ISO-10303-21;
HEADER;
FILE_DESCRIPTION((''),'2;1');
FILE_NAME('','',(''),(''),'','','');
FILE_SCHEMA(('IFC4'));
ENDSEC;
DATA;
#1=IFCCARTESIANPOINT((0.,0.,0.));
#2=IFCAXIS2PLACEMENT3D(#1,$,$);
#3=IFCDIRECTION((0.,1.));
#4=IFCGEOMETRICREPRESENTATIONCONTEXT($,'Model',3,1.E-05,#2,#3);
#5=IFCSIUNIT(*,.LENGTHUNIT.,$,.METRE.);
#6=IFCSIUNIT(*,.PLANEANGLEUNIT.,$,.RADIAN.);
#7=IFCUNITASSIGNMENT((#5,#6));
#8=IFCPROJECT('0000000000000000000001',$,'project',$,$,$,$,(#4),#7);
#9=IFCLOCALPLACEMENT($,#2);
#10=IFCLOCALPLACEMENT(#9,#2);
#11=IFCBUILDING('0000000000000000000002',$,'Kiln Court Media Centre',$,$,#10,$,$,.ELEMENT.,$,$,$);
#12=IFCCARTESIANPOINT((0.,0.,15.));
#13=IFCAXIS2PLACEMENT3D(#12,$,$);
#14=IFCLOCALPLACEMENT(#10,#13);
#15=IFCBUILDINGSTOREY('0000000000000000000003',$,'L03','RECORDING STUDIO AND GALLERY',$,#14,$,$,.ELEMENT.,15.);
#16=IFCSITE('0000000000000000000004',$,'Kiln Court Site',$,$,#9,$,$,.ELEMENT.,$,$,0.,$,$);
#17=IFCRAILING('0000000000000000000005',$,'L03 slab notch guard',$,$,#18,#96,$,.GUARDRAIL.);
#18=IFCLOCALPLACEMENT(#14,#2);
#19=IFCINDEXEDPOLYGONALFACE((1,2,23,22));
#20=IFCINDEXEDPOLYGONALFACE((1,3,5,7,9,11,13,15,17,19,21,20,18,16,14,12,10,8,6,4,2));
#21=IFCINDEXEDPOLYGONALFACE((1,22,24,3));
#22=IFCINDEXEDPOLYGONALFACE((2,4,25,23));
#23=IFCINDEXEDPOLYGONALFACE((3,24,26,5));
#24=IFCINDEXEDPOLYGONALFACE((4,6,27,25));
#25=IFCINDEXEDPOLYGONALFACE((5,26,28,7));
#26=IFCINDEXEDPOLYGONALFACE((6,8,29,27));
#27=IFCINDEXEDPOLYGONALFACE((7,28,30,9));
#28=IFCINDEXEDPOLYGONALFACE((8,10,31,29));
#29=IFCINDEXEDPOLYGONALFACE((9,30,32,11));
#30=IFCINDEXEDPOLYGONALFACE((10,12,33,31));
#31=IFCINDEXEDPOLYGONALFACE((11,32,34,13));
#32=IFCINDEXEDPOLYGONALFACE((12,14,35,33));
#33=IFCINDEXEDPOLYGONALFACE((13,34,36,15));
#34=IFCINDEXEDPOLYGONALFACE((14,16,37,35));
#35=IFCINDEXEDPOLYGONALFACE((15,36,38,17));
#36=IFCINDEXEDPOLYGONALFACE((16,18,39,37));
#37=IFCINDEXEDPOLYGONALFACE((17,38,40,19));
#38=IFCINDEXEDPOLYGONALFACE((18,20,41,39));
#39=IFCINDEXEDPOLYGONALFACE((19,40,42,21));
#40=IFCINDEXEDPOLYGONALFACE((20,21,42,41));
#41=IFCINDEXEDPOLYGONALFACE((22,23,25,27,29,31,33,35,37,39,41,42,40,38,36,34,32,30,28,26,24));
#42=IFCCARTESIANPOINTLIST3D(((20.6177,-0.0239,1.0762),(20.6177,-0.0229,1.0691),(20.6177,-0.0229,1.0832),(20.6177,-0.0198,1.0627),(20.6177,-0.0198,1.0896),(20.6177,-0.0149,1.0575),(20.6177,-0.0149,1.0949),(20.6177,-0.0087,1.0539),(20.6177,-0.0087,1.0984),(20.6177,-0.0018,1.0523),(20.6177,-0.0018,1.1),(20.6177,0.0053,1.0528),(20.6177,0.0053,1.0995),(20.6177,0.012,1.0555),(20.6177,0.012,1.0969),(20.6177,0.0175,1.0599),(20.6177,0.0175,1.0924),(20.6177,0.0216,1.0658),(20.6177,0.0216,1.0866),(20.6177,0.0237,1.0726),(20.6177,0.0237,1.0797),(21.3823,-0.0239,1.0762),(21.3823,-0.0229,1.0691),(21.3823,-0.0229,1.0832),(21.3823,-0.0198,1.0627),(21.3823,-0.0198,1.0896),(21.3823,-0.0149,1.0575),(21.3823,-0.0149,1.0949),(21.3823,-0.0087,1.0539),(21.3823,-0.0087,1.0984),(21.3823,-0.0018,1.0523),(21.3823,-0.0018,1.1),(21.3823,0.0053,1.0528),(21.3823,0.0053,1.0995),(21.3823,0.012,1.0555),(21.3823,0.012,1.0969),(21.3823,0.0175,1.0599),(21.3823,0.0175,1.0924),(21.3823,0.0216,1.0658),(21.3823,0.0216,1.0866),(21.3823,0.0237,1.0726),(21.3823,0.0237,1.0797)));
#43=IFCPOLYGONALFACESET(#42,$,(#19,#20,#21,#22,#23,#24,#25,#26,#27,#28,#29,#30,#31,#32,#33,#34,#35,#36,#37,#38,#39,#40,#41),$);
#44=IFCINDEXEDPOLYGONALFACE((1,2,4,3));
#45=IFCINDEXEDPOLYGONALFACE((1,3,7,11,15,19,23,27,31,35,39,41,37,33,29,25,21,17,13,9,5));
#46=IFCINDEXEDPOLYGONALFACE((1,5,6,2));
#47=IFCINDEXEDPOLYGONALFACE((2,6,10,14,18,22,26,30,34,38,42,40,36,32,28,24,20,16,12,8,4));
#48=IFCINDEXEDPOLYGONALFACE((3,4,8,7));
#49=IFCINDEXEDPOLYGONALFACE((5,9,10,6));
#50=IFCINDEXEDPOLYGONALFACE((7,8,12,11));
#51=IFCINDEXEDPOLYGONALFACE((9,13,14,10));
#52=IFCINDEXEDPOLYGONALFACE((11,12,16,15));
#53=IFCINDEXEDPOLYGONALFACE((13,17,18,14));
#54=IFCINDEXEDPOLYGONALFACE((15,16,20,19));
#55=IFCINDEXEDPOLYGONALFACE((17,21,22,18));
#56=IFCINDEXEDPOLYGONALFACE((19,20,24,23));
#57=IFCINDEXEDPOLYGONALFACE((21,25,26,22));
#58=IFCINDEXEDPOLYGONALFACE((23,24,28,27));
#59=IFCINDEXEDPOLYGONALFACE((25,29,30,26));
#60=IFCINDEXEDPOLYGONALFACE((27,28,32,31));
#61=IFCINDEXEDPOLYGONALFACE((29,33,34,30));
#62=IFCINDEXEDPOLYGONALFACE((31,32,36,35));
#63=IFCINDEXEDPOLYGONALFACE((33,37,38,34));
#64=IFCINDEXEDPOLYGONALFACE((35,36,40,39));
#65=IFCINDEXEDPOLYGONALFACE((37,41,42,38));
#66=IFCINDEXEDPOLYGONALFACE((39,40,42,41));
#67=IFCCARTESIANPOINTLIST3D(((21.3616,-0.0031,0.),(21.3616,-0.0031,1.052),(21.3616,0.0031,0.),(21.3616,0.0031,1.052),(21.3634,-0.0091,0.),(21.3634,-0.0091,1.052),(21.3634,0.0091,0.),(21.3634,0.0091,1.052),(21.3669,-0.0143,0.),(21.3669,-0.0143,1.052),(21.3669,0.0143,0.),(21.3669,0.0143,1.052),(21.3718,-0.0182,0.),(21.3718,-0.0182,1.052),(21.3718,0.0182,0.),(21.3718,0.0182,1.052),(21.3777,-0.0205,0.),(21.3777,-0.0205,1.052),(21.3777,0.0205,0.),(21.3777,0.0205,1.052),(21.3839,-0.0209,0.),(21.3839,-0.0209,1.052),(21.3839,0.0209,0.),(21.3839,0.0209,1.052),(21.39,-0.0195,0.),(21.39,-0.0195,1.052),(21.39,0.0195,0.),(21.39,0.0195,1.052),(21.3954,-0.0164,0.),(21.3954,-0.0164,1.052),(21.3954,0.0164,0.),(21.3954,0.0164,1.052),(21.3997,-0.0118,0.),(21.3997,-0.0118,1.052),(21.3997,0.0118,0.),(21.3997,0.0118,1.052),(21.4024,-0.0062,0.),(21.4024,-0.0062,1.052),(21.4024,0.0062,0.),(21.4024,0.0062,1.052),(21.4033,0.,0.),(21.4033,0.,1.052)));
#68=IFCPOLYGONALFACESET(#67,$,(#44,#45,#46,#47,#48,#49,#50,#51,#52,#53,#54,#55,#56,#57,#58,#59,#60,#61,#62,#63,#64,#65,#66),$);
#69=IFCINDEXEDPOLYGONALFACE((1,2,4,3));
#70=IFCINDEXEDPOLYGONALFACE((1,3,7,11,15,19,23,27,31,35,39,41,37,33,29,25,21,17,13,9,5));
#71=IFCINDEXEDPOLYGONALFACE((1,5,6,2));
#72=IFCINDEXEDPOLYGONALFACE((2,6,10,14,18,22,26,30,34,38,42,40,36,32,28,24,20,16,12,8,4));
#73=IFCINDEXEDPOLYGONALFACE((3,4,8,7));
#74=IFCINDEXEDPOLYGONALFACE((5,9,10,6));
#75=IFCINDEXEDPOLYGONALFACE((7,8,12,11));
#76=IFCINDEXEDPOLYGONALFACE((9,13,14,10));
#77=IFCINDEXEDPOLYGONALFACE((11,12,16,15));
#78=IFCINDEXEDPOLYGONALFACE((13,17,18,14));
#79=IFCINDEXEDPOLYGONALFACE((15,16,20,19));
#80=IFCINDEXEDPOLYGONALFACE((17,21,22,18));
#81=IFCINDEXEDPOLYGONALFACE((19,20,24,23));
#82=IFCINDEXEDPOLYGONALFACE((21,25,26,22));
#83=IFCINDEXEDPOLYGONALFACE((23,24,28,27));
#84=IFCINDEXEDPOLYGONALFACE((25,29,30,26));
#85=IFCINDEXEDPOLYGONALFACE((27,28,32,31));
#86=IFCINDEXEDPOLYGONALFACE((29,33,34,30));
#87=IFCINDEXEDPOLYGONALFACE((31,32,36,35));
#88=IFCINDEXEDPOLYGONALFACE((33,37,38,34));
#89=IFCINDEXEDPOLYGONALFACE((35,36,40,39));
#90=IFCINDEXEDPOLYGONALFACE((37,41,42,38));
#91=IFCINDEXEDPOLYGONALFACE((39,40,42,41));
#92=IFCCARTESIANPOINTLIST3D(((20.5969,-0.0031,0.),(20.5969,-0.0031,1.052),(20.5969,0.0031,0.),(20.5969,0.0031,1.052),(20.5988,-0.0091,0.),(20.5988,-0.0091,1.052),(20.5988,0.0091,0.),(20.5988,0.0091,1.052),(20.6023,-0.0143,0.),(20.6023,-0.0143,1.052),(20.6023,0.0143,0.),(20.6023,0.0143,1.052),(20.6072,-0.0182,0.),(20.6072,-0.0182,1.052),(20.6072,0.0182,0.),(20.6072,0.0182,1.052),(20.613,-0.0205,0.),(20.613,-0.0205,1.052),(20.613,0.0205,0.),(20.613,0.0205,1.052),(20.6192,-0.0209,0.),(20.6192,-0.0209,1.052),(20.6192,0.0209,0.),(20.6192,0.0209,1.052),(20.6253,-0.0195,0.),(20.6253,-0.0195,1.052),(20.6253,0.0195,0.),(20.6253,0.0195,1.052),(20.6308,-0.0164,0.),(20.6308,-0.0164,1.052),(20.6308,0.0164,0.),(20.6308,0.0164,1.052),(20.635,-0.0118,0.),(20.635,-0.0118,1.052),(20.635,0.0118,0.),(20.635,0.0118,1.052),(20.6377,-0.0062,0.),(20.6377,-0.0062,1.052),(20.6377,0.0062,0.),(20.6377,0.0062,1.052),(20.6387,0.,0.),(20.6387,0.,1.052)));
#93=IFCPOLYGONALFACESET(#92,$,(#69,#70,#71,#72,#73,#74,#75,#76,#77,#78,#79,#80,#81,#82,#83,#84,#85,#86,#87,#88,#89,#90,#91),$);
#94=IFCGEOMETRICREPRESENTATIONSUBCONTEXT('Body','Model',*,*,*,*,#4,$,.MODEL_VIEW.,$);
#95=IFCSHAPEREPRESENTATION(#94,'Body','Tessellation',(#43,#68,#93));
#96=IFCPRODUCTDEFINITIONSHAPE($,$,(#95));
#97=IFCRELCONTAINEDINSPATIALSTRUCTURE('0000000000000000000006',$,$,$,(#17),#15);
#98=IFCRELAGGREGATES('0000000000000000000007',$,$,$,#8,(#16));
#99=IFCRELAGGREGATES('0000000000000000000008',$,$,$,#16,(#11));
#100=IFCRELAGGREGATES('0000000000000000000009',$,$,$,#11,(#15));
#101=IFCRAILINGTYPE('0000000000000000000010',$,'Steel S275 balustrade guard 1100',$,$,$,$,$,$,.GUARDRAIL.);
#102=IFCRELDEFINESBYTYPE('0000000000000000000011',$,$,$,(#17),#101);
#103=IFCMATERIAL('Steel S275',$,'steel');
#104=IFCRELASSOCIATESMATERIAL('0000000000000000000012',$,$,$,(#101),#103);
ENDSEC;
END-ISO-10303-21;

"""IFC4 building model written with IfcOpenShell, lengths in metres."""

from ifc_helpers import new_model, si_unit, direction, frame, origin, origin_2d, place, context, subcontext, project, spatial, circle, extrude, material, type_object, element, save


model = new_model("IFC4")

# Units and contexts
model_context = context("Model", 3, precision=1e-05, world=origin(), true_north=direction((0.0, 1.0)))
body_context = subcontext(model_context, "Body", "Model", "MODEL_VIEW")
ifc_project = project(units=[si_unit("LENGTHUNIT", "METRE"), si_unit("PLANEANGLEUNIT", "RADIAN")], contexts=[model_context])

# Site, building, storey
site_placement = place(None, origin())
site = spatial("IfcSite", under=ifc_project, at=site_placement, Name="Kiln Court Site", CompositionType="ELEMENT", RefElevation=0.0)
building_placement = place(site_placement, origin())
building = spatial("IfcBuilding", under=site, at=building_placement, Name="Kiln Court Media Centre", CompositionType="ELEMENT")
storey_placement = place(building_placement, frame((0.0, 0.0, 15.0)))
storey = spatial("IfcBuildingStorey", under=building, at=storey_placement, Name="L03", Description="RECORDING STUDIO AND GALLERY", CompositionType="ELEMENT", Elevation=15.0)

# Railing
ifc_material_1 = material(Name="Steel S275", Category="steel")
railing_type = type_object("IfcRailingType", Name="Steel S275 balustrade guard 1100", PredefinedType="GUARDRAIL", material=ifc_material_1)
for number, where, name in (
    (1, (21.3823, 0.0, 0.0), "L03 slab notch guard"),
):
    element("IfcRailing", number, at=place(storey_placement, frame(where)), inside=storey, type_object=railing_type, Name=name, PredefinedType="GUARDRAIL", context=body_context, shape_type="SweptSolid", body=[
        extrude(circle(Radius=0.0239, at=origin_2d()), frame((0.0, 0.0, 1.0762), z_axis=(-1.0, 0.0, 0.0), x_axis=(0.0, -1.0, 0.0)), (0.0, 0.0, 1.0), 0.7646),
        extrude(circle(Radius=0.021, at=origin_2d()), origin(), (0.0, 0.0, 1.0), 1.052),
        extrude(circle(Radius=0.021, at=origin_2d()), frame((-0.7646, 0.0, 0.0)), (0.0, 0.0, 1.0), 1.052),
    ])

save(model, "model.ifc")
